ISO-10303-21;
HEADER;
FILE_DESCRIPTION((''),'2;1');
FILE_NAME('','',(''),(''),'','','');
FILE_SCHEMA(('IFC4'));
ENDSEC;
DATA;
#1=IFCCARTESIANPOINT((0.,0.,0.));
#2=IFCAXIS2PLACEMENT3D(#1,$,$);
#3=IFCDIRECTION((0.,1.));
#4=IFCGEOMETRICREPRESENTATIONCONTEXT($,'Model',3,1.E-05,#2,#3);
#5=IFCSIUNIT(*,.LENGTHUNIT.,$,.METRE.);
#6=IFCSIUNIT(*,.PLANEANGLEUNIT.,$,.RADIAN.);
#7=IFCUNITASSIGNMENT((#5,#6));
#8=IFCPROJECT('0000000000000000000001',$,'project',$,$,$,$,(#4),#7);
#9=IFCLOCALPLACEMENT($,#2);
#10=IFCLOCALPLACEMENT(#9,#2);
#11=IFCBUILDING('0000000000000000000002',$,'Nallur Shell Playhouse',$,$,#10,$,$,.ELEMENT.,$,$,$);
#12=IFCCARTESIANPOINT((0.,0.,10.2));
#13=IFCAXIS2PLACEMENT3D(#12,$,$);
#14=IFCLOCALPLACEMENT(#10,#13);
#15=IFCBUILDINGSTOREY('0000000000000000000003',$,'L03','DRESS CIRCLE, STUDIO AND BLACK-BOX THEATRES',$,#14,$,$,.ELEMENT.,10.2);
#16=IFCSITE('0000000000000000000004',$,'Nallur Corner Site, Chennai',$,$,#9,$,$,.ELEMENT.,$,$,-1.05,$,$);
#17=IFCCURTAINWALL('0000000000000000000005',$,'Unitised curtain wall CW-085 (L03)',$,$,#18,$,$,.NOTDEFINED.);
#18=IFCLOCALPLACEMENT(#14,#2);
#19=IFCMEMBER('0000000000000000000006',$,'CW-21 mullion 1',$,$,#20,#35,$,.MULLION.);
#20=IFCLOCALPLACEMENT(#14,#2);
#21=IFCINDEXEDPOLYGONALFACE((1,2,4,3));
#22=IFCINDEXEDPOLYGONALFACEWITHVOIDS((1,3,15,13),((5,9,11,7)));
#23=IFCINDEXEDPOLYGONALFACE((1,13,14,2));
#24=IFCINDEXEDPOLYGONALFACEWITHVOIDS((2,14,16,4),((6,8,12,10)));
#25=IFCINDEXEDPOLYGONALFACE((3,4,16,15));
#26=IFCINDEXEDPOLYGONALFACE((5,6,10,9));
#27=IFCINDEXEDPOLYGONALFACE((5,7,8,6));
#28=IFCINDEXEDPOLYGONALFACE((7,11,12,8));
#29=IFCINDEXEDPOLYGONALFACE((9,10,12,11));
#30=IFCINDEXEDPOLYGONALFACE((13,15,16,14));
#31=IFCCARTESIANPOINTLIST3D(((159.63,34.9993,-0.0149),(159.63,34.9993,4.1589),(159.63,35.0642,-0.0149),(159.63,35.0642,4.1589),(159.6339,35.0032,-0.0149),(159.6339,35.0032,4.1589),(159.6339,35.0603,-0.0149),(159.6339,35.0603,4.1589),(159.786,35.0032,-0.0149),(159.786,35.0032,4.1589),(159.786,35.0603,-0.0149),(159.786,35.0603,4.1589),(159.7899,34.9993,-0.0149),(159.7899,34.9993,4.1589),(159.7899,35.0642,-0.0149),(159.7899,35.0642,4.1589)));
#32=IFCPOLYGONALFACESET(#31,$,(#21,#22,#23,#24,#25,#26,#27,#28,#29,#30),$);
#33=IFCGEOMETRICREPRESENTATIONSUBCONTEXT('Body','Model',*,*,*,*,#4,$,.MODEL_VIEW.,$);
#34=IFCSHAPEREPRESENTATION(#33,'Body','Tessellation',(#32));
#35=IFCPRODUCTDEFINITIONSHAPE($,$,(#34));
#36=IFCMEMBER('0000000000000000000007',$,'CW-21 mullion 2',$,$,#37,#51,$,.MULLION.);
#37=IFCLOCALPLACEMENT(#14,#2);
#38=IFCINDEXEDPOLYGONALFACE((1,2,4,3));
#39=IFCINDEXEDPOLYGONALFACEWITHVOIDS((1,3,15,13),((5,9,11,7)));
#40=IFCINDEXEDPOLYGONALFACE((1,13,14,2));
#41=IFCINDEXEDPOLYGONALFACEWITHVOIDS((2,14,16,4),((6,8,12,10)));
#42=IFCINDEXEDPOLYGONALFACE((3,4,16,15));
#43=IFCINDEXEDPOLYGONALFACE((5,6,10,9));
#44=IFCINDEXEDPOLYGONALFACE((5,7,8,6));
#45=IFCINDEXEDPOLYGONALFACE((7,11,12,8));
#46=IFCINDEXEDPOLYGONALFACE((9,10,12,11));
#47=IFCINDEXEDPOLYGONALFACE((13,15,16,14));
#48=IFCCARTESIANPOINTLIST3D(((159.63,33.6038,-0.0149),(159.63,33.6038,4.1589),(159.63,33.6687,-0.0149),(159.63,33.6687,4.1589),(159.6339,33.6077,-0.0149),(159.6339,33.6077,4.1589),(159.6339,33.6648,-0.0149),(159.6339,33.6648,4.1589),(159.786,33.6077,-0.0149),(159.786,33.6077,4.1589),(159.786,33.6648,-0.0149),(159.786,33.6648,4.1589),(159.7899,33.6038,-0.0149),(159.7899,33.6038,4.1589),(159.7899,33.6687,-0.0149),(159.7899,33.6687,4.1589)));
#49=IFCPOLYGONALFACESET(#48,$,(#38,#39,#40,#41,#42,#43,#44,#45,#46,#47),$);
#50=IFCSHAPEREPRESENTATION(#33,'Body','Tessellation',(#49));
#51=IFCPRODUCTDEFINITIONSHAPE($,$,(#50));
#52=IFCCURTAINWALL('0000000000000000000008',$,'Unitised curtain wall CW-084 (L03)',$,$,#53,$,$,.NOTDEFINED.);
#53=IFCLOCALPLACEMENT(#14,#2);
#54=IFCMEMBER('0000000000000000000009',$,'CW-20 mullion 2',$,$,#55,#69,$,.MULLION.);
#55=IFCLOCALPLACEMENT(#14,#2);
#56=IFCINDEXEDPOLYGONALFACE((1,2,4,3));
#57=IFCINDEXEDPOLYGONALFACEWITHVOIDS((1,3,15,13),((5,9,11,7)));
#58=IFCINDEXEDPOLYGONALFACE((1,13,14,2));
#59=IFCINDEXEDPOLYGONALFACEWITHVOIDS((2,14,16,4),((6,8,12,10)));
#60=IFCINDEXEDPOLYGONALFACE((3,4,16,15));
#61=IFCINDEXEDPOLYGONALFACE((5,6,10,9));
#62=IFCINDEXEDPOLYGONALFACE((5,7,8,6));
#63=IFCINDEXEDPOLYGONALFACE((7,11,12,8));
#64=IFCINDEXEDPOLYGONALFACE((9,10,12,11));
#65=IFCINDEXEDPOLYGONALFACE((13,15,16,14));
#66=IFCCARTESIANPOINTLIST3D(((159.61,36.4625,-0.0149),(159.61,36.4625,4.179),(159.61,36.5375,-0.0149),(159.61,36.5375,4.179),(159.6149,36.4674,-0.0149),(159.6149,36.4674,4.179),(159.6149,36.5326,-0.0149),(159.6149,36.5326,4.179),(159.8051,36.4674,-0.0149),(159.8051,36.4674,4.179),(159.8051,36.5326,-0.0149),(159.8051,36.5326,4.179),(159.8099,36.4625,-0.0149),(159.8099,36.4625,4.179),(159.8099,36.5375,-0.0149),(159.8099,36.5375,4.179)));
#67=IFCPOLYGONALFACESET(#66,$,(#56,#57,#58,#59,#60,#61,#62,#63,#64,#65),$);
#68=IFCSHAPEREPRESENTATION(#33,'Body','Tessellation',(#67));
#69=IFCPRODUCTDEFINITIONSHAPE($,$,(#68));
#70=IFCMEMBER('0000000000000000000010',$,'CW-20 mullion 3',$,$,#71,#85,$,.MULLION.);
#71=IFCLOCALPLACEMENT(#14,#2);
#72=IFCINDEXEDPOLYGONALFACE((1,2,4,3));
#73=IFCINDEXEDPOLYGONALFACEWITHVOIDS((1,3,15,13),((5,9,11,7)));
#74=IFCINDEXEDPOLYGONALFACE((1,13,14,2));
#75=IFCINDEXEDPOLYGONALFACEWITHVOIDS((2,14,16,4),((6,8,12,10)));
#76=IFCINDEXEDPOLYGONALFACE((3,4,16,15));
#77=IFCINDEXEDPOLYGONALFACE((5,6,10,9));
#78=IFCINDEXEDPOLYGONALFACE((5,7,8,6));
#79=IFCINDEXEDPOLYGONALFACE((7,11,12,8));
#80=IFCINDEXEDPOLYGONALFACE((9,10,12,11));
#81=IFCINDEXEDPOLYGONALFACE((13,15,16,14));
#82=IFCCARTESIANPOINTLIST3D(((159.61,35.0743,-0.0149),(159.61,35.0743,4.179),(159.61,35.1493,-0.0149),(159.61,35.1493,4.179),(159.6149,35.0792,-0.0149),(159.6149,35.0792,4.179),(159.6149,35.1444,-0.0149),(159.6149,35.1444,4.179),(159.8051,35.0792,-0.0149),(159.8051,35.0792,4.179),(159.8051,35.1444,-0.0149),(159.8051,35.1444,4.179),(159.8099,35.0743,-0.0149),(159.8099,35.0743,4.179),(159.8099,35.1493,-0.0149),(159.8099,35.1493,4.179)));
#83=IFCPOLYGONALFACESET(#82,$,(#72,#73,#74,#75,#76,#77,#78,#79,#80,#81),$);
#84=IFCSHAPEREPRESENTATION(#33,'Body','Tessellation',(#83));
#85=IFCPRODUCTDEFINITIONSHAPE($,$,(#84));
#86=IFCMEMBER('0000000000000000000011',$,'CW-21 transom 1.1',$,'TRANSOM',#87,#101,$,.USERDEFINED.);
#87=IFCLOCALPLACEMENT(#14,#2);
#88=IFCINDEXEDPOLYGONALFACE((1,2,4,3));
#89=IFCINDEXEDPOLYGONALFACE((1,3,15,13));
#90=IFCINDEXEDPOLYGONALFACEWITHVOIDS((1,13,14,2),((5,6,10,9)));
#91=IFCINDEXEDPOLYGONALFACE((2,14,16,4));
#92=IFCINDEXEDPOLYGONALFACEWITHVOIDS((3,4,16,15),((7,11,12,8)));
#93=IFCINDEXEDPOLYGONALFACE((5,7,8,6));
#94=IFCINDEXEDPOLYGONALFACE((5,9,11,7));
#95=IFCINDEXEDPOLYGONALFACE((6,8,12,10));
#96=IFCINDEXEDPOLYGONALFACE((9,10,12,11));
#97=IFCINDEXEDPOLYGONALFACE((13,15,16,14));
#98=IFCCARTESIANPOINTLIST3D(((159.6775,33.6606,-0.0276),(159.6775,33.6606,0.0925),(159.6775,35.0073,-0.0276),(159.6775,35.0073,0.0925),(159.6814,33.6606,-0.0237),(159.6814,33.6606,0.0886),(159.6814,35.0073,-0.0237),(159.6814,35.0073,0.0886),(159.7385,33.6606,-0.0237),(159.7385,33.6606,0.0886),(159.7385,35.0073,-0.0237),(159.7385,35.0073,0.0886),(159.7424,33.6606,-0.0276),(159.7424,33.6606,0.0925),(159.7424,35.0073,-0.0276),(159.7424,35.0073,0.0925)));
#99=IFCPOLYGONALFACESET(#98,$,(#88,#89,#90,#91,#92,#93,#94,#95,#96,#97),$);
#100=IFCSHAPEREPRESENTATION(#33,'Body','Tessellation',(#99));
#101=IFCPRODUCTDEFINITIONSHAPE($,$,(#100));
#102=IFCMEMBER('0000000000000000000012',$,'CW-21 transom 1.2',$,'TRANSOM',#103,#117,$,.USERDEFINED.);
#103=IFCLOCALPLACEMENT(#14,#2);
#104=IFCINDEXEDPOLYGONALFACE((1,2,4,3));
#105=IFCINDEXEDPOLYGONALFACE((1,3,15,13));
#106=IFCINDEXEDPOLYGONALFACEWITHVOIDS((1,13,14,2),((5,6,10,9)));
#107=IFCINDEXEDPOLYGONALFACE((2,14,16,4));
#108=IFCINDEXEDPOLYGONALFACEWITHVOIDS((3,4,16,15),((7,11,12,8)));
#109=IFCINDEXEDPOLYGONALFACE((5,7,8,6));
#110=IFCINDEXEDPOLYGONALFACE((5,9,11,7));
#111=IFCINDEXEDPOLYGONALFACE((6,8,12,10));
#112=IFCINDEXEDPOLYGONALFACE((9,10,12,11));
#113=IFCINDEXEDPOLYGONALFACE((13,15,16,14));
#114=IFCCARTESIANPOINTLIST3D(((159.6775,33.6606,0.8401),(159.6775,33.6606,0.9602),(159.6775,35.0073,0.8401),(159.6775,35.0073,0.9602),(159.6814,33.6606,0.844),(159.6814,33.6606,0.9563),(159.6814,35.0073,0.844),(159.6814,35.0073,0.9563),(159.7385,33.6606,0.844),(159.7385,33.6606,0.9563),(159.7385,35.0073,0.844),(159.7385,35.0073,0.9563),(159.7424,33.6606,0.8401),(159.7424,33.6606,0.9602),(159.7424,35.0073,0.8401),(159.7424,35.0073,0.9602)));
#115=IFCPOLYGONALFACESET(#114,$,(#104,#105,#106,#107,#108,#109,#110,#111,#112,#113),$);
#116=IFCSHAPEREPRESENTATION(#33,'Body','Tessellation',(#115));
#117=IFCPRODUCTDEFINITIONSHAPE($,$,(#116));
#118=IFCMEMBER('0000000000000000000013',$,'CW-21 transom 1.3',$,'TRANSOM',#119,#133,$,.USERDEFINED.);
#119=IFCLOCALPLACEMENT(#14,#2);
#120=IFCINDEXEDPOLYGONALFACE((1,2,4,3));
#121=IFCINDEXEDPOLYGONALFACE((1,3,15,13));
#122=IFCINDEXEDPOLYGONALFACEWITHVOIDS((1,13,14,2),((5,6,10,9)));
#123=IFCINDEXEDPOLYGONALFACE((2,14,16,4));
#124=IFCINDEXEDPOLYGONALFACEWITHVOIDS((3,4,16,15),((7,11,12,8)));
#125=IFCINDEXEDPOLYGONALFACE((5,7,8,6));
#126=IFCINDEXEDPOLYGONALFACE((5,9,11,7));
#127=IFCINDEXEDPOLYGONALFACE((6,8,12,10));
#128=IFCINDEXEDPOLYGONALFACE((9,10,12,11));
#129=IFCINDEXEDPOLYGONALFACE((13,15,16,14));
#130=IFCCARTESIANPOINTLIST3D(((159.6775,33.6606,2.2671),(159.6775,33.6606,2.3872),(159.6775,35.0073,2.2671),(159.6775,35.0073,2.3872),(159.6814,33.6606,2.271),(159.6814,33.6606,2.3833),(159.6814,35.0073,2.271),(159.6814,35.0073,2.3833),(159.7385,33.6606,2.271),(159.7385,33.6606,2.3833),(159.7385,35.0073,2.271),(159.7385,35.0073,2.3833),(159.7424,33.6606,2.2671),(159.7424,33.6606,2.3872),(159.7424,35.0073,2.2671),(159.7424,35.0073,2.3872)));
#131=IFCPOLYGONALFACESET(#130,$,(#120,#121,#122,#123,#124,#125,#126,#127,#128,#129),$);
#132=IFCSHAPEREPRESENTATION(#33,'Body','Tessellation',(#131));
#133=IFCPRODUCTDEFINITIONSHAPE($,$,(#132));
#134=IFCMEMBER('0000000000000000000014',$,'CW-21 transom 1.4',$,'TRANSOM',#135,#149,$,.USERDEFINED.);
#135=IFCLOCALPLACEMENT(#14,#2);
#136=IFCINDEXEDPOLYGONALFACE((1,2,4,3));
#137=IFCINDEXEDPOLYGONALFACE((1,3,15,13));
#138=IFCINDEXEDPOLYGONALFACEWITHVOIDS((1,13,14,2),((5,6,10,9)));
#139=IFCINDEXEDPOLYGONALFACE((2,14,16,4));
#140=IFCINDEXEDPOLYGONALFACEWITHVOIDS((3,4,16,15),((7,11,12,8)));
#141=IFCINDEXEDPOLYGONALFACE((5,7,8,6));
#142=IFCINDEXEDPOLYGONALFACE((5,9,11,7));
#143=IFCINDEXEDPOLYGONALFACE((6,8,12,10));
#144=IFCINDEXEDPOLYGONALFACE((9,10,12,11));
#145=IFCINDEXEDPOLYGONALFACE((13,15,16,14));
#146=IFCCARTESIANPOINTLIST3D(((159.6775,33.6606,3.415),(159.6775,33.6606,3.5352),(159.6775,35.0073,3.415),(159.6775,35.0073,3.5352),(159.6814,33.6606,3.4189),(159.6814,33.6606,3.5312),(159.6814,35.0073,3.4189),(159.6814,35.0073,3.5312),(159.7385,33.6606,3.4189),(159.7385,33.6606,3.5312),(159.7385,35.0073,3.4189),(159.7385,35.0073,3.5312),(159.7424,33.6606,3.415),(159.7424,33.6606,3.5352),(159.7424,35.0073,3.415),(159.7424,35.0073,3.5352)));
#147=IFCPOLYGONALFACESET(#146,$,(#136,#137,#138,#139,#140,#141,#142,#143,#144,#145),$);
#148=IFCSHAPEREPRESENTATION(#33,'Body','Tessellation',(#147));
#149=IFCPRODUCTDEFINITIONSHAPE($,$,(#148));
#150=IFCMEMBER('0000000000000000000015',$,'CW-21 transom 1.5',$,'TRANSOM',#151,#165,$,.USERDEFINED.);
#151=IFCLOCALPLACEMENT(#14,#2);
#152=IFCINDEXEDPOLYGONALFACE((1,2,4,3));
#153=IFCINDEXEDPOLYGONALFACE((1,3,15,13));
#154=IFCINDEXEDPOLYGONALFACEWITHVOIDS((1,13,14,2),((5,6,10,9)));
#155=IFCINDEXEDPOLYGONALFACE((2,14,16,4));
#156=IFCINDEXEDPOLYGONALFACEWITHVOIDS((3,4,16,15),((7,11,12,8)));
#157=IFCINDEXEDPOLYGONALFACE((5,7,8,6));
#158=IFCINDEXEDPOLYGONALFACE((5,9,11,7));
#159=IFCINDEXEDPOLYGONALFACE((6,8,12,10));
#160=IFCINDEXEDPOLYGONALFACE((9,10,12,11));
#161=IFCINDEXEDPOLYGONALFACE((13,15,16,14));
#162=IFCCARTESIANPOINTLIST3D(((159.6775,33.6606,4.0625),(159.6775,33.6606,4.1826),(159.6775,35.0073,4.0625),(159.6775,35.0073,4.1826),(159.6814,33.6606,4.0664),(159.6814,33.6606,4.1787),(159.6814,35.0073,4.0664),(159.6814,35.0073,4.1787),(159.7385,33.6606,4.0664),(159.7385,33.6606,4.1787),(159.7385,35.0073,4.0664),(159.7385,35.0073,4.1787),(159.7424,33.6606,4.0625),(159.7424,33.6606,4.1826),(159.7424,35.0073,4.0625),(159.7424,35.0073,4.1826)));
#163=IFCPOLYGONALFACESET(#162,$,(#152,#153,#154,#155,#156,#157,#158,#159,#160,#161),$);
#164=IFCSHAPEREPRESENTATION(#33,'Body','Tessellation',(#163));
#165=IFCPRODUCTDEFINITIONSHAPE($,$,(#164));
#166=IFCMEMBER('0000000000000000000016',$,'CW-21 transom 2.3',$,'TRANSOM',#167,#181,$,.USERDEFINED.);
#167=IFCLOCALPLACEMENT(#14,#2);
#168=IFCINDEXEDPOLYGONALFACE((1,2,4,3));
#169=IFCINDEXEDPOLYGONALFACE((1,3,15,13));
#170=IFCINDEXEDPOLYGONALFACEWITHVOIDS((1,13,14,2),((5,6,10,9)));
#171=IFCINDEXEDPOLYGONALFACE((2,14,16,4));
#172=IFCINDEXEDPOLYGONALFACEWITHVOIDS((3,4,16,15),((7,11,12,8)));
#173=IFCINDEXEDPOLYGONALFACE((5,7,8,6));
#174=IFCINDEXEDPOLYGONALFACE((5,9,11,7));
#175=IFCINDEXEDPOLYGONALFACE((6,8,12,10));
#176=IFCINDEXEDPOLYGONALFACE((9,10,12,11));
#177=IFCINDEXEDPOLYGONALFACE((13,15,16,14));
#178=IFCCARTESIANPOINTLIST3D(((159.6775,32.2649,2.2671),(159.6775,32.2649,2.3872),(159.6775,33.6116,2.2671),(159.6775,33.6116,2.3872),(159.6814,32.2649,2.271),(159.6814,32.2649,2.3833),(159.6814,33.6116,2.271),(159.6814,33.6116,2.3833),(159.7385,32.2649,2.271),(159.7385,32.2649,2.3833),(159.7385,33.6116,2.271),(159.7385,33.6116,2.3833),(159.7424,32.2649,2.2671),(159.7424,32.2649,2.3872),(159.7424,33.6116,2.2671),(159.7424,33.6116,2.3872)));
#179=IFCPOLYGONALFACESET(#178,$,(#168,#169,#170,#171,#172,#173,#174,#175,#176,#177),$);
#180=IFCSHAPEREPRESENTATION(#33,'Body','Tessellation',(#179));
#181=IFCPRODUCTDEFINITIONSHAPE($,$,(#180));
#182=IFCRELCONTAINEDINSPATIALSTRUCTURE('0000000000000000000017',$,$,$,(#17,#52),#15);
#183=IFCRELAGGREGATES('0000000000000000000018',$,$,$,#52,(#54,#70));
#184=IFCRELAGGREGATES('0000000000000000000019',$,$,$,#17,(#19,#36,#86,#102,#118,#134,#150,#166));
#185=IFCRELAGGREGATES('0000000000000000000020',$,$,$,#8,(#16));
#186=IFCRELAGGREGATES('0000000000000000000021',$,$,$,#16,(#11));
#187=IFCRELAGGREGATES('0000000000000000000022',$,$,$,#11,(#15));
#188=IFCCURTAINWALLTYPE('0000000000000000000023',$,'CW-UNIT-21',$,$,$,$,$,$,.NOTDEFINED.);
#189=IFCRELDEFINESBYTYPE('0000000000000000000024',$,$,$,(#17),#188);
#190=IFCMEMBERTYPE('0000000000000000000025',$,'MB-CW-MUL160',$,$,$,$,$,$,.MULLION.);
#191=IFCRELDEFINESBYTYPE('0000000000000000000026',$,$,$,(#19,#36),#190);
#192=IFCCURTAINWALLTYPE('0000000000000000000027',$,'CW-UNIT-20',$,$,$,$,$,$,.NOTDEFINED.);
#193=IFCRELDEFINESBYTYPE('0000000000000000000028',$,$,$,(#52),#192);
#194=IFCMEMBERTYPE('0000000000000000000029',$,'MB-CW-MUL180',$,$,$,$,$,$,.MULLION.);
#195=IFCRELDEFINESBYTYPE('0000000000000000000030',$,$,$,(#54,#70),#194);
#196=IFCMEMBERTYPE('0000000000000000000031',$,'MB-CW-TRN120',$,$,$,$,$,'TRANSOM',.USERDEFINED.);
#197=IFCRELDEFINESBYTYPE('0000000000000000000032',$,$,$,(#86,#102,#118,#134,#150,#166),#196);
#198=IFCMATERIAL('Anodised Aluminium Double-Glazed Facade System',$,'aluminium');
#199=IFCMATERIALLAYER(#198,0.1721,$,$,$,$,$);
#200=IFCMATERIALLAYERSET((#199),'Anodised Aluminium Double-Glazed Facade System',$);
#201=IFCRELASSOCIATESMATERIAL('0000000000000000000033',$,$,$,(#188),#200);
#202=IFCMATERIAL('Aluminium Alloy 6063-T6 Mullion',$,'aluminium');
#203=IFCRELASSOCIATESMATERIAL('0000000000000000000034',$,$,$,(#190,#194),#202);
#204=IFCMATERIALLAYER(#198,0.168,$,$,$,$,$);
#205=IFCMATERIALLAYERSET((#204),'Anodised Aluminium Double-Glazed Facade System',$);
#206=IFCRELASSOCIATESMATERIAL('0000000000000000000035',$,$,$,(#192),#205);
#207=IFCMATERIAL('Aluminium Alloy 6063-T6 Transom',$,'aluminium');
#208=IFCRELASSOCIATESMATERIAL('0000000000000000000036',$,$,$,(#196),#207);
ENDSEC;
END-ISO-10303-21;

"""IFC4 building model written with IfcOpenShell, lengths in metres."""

from ifc_helpers import new_model, si_unit, direction, frame, origin, origin_2d, place, context, subcontext, project, spatial, hollow_rectangle, extrude, material, layer, layer_set, material_profile, profile_set, type_object, element, aggregate, save


model = new_model("IFC4")

# Units and contexts
model_context = context("Model", 3, precision=1e-05, world=origin(), true_north=direction((0.0, 1.0)))
body_context = subcontext(model_context, "Body", "Model", "MODEL_VIEW")
ifc_project = project(units=[si_unit("LENGTHUNIT", "METRE"), si_unit("PLANEANGLEUNIT", "RADIAN")], contexts=[model_context])

# Site, building, storey
site_placement = place(None, origin())
site = spatial("IfcSite", under=ifc_project, at=site_placement, Name="Nallur Corner Site, Chennai", CompositionType="ELEMENT", RefElevation=-1.05)
building_placement = place(site_placement, origin())
building = spatial("IfcBuilding", under=site, at=building_placement, Name="Nallur Shell Playhouse", CompositionType="ELEMENT")
storey_placement = place(building_placement, frame((0.0, 0.0, 10.2)))
storey = spatial("IfcBuildingStorey", under=building, at=storey_placement, Name="L03", Description="DRESS CIRCLE, STUDIO AND BLACK-BOX THEATRES", CompositionType="ELEMENT", Elevation=10.2)

# Curtain walls, members
ifc_material_1 = material(Name="Anodised Aluminium Double-Glazed Facade System", Category="aluminium")
ifc_layer_1 = layer(ifc_material_1, 0.1721)
ifc_layer_set_1 = layer_set([ifc_layer_1], Name="Anodised Aluminium Double-Glazed Facade System")
curtain_wall_type_1 = type_object("IfcCurtainWallType", Name="CW-UNIT-21", PredefinedType="NOTDEFINED", material=ifc_layer_set_1)
curtain_wall_1_placement = place(storey_placement, origin())
curtain_wall_1 = element("IfcCurtainWall", 1, at=curtain_wall_1_placement, inside=storey, type_object=curtain_wall_type_1, Name="Unitised curtain wall CW-085 (L03)", PredefinedType="NOTDEFINED")
ifc_material_2 = material(Name="Aluminium Alloy 6063-T6 Mullion", Category="aluminium")
ifc_material_profile_1 = material_profile(ifc_material_2, hollow_rectangle(XDim=0.0649, YDim=0.1599, WallThickness=0.0039, at=origin_2d()), Name="ALU 65x160x4")
ifc_profile_set_1 = profile_set([ifc_material_profile_1], Name="Aluminium Alloy 6063-T6 Mullion")
member_type_1 = type_object("IfcMemberType", Name="MB-CW-MUL160", PredefinedType="MULLION", material=ifc_profile_set_1)
member_1_placement = place(storey_placement, frame((159.71, 35.0317, -0.0149), z_axis=(0.0, 0.0, 1.0), x_axis=(0.0, -1.0, 0.0)))
member_1 = element("IfcMember", 2, at=member_1_placement, type_object=member_type_1, Name="CW-21 mullion 1", PredefinedType="MULLION", context=body_context, shape_type="SweptSolid", body=[
    extrude(hollow_rectangle(XDim=0.0649, YDim=0.1599, WallThickness=0.0039, at=origin_2d()), origin(), (0.0, 0.0, 1.0), 4.1738),
])
member_2_placement = place(storey_placement, frame((159.71, 33.6362, -0.0149), z_axis=(0.0, 0.0, 1.0), x_axis=(0.0, -1.0, 0.0)))
member_2 = element("IfcMember", 3, at=member_2_placement, type_object=member_type_1, Name="CW-21 mullion 2", PredefinedType="MULLION", context=body_context, shape_type="SweptSolid", body=[
    extrude(hollow_rectangle(XDim=0.0649, YDim=0.1599, WallThickness=0.0039, at=origin_2d()), origin(), (0.0, 0.0, 1.0), 4.1738),
])
ifc_layer_2 = layer(ifc_material_1, 0.168)
ifc_layer_set_2 = layer_set([ifc_layer_2], Name="Anodised Aluminium Double-Glazed Facade System")
curtain_wall_type_2 = type_object("IfcCurtainWallType", Name="CW-UNIT-20", PredefinedType="NOTDEFINED", material=ifc_layer_set_2)
curtain_wall_2_placement = place(storey_placement, origin())
curtain_wall_2 = element("IfcCurtainWall", 4, at=curtain_wall_2_placement, inside=storey, type_object=curtain_wall_type_2, Name="Unitised curtain wall CW-084 (L03)", PredefinedType="NOTDEFINED")
ifc_material_profile_2 = material_profile(ifc_material_2, hollow_rectangle(XDim=0.075, YDim=0.2, WallThickness=0.0049, at=origin_2d()), Name="ALU 75x200x5")
ifc_profile_set_2 = profile_set([ifc_material_profile_2], Name="Aluminium Alloy 6063-T6 Mullion")
member_type_2 = type_object("IfcMemberType", Name="MB-CW-MUL180", PredefinedType="MULLION", material=ifc_profile_set_2)
member_3_placement = place(storey_placement, frame((159.71, 36.5, -0.0149), z_axis=(0.0, 0.0, 1.0), x_axis=(0.0, -1.0, 0.0)))
member_3 = element("IfcMember", 5, at=member_3_placement, type_object=member_type_2, Name="CW-20 mullion 2", PredefinedType="MULLION", context=body_context, shape_type="SweptSolid", body=[
    extrude(hollow_rectangle(XDim=0.075, YDim=0.2, WallThickness=0.0049, at=origin_2d()), origin(), (0.0, 0.0, 1.0), 4.1938),
])
member_4_placement = place(storey_placement, frame((159.71, 35.1118, -0.0149), z_axis=(0.0, 0.0, 1.0), x_axis=(0.0, -1.0, 0.0)))
member_4 = element("IfcMember", 6, at=member_4_placement, type_object=member_type_2, Name="CW-20 mullion 3", PredefinedType="MULLION", context=body_context, shape_type="SweptSolid", body=[
    extrude(hollow_rectangle(XDim=0.075, YDim=0.2, WallThickness=0.0049, at=origin_2d()), origin(), (0.0, 0.0, 1.0), 4.1938),
])

# Members
ifc_material_3 = material(Name="Aluminium Alloy 6063-T6 Transom", Category="aluminium")
ifc_material_profile_3 = material_profile(ifc_material_3, hollow_rectangle(XDim=0.0649, YDim=0.1201, WallThickness=0.0039, at=origin_2d()), Name="ALU 65x120x4")
ifc_profile_set_3 = profile_set([ifc_material_profile_3], Name="Aluminium Alloy 6063-T6 Transom")
member_type_3 = type_object("IfcMemberType", Name="MB-CW-TRN120", ElementType="TRANSOM", PredefinedType="USERDEFINED", material=ifc_profile_set_3)
member_5_placement = place(storey_placement, frame((159.71, 35.0073, 0.0325), z_axis=(0.0, -1.0, 0.0), x_axis=(1.0, 0.0, 0.0)))
member_5 = element("IfcMember", 7, at=member_5_placement, type_object=member_type_3, Name="CW-21 transom 1.1", ObjectType="TRANSOM", PredefinedType="USERDEFINED", context=body_context, shape_type="SweptSolid", body=[
    extrude(hollow_rectangle(XDim=0.0649, YDim=0.1201, WallThickness=0.0039, at=origin_2d()), origin(), (0.0, 0.0, 1.0), 1.3467),
])
member_6_placement = place(storey_placement, frame((159.71, 35.0073, 0.9001), z_axis=(0.0, -1.0, 0.0), x_axis=(1.0, 0.0, 0.0)))
member_6 = element("IfcMember", 8, at=member_6_placement, type_object=member_type_3, Name="CW-21 transom 1.2", ObjectType="TRANSOM", PredefinedType="USERDEFINED", context=body_context, shape_type="SweptSolid", body=[
    extrude(hollow_rectangle(XDim=0.0649, YDim=0.1201, WallThickness=0.0039, at=origin_2d()), origin(), (0.0, 0.0, 1.0), 1.3467),
])
member_7_placement = place(storey_placement, frame((159.71, 35.0073, 2.3271), z_axis=(0.0, -1.0, 0.0), x_axis=(1.0, 0.0, 0.0)))
member_7 = element("IfcMember", 9, at=member_7_placement, type_object=member_type_3, Name="CW-21 transom 1.3", ObjectType="TRANSOM", PredefinedType="USERDEFINED", context=body_context, shape_type="SweptSolid", body=[
    extrude(hollow_rectangle(XDim=0.0649, YDim=0.1201, WallThickness=0.0039, at=origin_2d()), origin(), (0.0, 0.0, 1.0), 1.3467),
])
member_8_placement = place(storey_placement, frame((159.71, 35.0073, 3.4751), z_axis=(0.0, -1.0, 0.0), x_axis=(1.0, 0.0, 0.0)))
member_8 = element("IfcMember", 10, at=member_8_placement, type_object=member_type_3, Name="CW-21 transom 1.4", ObjectType="TRANSOM", PredefinedType="USERDEFINED", context=body_context, shape_type="SweptSolid", body=[
    extrude(hollow_rectangle(XDim=0.0649, YDim=0.1201, WallThickness=0.0039, at=origin_2d()), origin(), (0.0, 0.0, 1.0), 1.3467),
])
member_9_placement = place(storey_placement, frame((159.71, 35.0073, 4.1226), z_axis=(0.0, -1.0, 0.0), x_axis=(1.0, 0.0, 0.0)))
member_9 = element("IfcMember", 11, at=member_9_placement, type_object=member_type_3, Name="CW-21 transom 1.5", ObjectType="TRANSOM", PredefinedType="USERDEFINED", context=body_context, shape_type="SweptSolid", body=[
    extrude(hollow_rectangle(XDim=0.0649, YDim=0.1201, WallThickness=0.0039, at=origin_2d()), origin(), (0.0, 0.0, 1.0), 1.3467),
])
member_10_placement = place(storey_placement, frame((159.71, 33.6116, 2.3271), z_axis=(0.0, -1.0, 0.0), x_axis=(1.0, 0.0, 0.0)))
member_10 = element("IfcMember", 12, at=member_10_placement, type_object=member_type_3, Name="CW-21 transom 2.3", ObjectType="TRANSOM", PredefinedType="USERDEFINED", context=body_context, shape_type="SweptSolid", body=[
    extrude(hollow_rectangle(XDim=0.0649, YDim=0.1201, WallThickness=0.0039, at=origin_2d()), origin(), (0.0, 0.0, 1.0), 1.3467),
])

aggregate(curtain_wall_2, [member_3, member_4])
aggregate(curtain_wall_1, [member_1, member_2, member_5, member_6, member_7, member_8, member_9, member_10])

save(model, "model.ifc")
